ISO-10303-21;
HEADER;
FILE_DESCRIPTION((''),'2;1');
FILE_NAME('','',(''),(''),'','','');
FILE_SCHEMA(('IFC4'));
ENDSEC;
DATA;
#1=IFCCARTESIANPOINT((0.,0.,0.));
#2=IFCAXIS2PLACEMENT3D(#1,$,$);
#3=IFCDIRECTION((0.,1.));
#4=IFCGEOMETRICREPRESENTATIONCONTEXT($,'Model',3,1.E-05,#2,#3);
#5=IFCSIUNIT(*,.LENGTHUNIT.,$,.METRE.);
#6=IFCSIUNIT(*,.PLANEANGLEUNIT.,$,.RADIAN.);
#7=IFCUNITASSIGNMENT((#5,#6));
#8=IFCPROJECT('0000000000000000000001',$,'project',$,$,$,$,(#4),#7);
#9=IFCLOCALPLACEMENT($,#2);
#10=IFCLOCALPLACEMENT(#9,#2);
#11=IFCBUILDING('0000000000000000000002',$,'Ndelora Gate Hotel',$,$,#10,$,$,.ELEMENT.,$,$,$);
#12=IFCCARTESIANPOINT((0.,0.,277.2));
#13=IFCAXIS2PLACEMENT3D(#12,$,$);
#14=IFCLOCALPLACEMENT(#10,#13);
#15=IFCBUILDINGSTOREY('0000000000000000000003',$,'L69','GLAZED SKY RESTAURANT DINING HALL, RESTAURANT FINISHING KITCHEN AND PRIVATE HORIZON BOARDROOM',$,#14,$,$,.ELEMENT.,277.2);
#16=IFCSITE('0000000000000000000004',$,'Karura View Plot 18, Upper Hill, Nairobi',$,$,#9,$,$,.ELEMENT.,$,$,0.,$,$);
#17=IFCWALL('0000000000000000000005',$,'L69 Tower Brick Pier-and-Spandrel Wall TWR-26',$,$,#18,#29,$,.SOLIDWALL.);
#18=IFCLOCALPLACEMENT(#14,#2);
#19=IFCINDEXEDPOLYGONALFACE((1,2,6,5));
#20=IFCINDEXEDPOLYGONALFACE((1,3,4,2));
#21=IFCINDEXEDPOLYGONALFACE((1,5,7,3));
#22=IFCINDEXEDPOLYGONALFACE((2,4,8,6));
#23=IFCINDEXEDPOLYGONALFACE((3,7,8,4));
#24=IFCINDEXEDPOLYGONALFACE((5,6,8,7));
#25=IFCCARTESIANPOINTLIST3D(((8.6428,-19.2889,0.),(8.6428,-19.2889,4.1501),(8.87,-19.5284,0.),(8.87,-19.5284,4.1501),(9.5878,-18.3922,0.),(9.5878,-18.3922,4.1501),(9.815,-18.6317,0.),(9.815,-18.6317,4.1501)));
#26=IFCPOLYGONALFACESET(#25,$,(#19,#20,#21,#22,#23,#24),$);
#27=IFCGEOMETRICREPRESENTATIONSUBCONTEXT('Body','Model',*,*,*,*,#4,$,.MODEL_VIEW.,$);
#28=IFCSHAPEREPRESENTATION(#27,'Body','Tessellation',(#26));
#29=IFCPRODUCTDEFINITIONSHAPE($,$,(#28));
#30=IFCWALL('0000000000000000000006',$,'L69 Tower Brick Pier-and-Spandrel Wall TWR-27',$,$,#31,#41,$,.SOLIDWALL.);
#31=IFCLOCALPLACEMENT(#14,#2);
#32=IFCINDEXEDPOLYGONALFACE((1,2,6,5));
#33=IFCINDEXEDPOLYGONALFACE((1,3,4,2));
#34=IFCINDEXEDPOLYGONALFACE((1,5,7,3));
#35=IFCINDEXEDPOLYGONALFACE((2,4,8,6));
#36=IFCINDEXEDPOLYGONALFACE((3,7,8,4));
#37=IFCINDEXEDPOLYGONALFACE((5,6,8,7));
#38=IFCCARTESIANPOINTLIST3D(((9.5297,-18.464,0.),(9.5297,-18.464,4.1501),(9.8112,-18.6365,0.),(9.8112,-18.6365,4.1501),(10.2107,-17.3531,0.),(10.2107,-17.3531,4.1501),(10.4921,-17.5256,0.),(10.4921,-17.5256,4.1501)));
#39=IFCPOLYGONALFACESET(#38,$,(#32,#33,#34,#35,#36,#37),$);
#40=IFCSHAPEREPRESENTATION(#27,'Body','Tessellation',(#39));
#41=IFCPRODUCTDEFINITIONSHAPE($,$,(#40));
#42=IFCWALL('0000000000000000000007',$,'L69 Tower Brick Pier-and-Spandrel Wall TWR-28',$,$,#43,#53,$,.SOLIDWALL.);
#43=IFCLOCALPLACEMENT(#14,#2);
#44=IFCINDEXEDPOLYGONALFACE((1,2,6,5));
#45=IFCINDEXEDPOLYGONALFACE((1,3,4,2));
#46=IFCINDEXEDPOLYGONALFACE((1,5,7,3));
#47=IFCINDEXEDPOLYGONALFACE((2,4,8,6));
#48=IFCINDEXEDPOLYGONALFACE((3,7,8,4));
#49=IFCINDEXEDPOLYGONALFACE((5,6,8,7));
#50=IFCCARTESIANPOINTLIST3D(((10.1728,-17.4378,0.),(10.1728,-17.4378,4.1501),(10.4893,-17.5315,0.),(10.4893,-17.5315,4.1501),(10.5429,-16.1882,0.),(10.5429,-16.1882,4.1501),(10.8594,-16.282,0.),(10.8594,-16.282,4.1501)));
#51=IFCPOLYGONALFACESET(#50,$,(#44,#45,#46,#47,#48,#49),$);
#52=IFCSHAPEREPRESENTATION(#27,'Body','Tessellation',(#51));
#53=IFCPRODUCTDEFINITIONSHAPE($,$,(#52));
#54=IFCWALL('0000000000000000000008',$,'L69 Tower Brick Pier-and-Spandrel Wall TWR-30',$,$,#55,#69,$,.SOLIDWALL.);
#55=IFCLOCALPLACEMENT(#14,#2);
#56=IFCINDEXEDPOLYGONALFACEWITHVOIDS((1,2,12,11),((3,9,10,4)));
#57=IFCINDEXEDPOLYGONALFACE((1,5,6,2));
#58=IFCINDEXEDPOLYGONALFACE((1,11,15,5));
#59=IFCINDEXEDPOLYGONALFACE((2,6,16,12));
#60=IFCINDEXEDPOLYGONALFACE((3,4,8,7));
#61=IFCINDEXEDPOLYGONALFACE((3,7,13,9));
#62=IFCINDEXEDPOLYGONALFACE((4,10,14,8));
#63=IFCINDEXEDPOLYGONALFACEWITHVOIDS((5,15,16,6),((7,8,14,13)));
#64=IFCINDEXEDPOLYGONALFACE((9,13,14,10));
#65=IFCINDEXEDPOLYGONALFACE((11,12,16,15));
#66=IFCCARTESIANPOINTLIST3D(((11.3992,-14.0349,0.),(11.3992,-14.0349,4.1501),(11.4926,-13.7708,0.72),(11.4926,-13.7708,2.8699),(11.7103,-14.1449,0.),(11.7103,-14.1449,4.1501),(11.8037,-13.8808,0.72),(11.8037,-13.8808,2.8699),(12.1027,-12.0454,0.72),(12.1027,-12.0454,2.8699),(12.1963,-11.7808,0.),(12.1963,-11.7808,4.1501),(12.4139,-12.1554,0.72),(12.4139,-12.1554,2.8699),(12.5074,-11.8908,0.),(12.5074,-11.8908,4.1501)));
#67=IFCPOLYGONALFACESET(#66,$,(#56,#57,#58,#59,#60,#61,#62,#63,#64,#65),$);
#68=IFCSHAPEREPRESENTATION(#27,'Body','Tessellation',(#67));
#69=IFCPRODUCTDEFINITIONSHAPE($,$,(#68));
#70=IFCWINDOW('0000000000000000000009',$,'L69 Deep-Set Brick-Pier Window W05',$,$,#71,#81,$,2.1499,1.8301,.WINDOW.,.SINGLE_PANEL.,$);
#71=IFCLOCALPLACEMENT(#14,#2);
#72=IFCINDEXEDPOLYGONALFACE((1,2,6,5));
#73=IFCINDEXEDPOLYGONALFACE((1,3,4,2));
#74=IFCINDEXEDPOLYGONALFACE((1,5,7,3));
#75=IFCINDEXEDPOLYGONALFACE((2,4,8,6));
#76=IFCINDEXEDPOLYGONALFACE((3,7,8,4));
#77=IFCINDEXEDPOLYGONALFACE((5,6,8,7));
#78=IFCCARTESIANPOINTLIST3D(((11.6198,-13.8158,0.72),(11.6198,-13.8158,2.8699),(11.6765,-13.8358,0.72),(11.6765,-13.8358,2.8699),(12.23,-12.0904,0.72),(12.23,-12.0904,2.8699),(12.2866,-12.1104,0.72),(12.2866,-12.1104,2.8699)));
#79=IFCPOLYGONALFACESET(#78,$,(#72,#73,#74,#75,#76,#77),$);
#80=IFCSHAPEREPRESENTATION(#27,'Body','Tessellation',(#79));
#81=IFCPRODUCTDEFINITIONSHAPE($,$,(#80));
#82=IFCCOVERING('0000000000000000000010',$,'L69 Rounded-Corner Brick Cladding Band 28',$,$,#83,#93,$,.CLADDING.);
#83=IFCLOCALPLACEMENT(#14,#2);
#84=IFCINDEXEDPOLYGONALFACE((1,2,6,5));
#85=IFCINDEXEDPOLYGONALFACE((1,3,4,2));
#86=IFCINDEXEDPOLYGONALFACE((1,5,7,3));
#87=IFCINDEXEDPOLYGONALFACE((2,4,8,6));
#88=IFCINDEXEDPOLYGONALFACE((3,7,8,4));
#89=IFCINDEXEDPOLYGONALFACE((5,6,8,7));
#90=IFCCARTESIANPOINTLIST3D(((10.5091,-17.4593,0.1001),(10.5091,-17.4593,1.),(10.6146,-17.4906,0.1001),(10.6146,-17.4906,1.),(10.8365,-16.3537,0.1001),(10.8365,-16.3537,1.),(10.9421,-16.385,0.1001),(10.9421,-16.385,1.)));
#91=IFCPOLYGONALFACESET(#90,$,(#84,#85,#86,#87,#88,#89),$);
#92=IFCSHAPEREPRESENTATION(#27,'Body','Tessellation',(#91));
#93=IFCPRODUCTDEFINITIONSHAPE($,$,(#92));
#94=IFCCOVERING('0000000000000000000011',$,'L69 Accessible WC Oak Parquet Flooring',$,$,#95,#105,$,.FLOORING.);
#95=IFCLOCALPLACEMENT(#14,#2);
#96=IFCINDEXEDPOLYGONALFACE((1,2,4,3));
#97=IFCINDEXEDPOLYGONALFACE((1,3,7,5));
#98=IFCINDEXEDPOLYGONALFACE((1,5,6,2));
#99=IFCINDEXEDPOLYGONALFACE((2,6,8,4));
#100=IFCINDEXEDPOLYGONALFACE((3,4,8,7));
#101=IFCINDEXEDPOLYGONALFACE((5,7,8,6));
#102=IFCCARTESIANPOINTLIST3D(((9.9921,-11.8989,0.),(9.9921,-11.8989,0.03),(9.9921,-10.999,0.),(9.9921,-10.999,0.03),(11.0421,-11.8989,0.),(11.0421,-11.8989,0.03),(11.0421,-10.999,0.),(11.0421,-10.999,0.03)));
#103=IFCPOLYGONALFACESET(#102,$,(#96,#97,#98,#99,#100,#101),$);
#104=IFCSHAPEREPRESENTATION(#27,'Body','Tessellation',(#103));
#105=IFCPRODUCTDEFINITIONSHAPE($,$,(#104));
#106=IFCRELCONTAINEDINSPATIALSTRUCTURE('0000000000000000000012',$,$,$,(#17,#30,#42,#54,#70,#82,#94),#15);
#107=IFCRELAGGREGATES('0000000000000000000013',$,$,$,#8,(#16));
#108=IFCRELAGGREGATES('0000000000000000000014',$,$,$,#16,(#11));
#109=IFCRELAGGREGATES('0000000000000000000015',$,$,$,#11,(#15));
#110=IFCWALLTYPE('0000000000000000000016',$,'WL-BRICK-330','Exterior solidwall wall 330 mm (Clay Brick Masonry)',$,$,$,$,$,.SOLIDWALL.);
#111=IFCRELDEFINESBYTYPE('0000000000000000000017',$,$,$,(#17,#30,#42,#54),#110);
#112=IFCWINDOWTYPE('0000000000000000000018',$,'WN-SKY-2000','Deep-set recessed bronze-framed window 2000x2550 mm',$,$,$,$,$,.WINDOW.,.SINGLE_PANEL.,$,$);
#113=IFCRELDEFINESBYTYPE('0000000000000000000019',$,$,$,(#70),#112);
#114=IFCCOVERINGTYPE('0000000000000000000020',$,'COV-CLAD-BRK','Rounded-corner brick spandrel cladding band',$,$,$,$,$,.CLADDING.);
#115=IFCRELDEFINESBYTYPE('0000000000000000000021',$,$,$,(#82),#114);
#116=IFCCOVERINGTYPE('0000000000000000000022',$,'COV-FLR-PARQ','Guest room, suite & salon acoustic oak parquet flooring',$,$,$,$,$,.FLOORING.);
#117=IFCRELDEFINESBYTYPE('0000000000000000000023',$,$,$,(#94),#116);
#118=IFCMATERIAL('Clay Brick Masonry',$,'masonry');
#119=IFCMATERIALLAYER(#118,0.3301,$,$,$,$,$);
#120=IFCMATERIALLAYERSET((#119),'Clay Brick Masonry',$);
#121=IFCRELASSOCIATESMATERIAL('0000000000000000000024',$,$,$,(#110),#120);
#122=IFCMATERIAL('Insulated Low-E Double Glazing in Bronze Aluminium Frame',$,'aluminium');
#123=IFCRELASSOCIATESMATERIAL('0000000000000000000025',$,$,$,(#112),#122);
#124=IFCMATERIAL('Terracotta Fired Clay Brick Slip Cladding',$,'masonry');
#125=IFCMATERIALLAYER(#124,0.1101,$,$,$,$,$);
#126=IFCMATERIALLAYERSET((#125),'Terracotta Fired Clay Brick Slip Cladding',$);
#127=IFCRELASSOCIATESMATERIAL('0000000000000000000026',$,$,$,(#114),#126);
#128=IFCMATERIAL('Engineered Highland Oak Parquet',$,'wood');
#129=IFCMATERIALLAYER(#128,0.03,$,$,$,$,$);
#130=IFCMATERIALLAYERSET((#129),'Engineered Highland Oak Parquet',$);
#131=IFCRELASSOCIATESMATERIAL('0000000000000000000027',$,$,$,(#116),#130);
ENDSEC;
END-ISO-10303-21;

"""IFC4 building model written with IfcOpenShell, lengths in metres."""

from ifc_helpers import new_model, si_unit, direction, frame, frame_2d, origin, origin_2d, place, context, subcontext, project, spatial, rectangle, extrude, material, layer, layer_set, type_object, element, fill, save


model = new_model("IFC4")

# Units and contexts
model_context = context("Model", 3, precision=1e-05, world=origin(), true_north=direction((0.0, 1.0)))
body_context = subcontext(model_context, "Body", "Model", "MODEL_VIEW")
ifc_project = project(units=[si_unit("LENGTHUNIT", "METRE"), si_unit("PLANEANGLEUNIT", "RADIAN")], contexts=[model_context])

# Site, building, storey
site_placement = place(None, origin())
site = spatial("IfcSite", under=ifc_project, at=site_placement, Name="Karura View Plot 18, Upper Hill, Nairobi", CompositionType="ELEMENT", RefElevation=0.0)
building_placement = place(site_placement, origin())
building = spatial("IfcBuilding", under=site, at=building_placement, Name="Ndelora Gate Hotel", CompositionType="ELEMENT")
storey_placement = place(building_placement, frame((0.0, 0.0, 277.2)))
storey = spatial("IfcBuildingStorey", under=building, at=storey_placement, Name="L69", Description="GLAZED SKY RESTAURANT DINING HALL, RESTAURANT FINISHING KITCHEN AND PRIVATE HORIZON BOARDROOM", CompositionType="ELEMENT", Elevation=277.2)

# Walls
ifc_material_1 = material(Name="Clay Brick Masonry", Category="masonry")
ifc_layer_1 = layer(ifc_material_1, 0.3301)
ifc_layer_set_1 = layer_set([ifc_layer_1], Name="Clay Brick Masonry")
wall_type = type_object("IfcWallType", Name="WL-BRICK-330", Description="Exterior solidwall wall 330 mm (Clay Brick Masonry)", PredefinedType="SOLIDWALL", material=ifc_layer_set_1)
wall_1_placement = place(storey_placement, frame((9.7014, -18.512, 0.0), z_axis=(0.0, 0.0, 1.0), x_axis=(-0.725416, -0.688311, 0.0)))
element("IfcWall", 1, at=wall_1_placement, inside=storey, type_object=wall_type, Name="L69 Tower Brick Pier-and-Spandrel Wall TWR-26", PredefinedType="SOLIDWALL", context=body_context, shape_type="SweptSolid", body=[
    extrude(rectangle(XDim=1.3027, YDim=0.3301, at=frame_2d((0.6514, 0.0))), origin(), (0.0, 0.0, 1.0), 4.1501),
])
wall_2_placement = place(storey_placement, frame((10.3513, -17.4395, 0.0), z_axis=(0.0, 0.0, 1.0), x_axis=(-0.522602, -0.852577, 0.0)))
element("IfcWall", 2, at=wall_2_placement, inside=storey, type_object=wall_type, Name="L69 Tower Brick Pier-and-Spandrel Wall TWR-27", PredefinedType="SOLIDWALL", context=body_context, shape_type="SweptSolid", body=[
    extrude(rectangle(XDim=1.303, YDim=0.3301, at=frame_2d((0.6514, 0.0))), origin(), (0.0, 0.0, 1.0), 4.1501),
])
wall_3_placement = place(storey_placement, frame((10.7012, -16.2351, 0.0), z_axis=(0.0, 0.0, 1.0), x_axis=(-0.284012, -0.958821, 0.0)))
element("IfcWall", 3, at=wall_3_placement, inside=storey, type_object=wall_type, Name="L69 Tower Brick Pier-and-Spandrel Wall TWR-28", PredefinedType="SOLIDWALL", context=body_context, shape_type="SweptSolid", body=[
    extrude(rectangle(XDim=1.3032, YDim=0.3301, at=frame_2d((0.6516, 0.0))), origin(), (0.0, 0.0, 1.0), 4.1501),
])

# Wall, opening, window
wall_4_placement = place(storey_placement, frame((12.3518, -11.8359, 0.0), z_axis=(0.0, 0.0, 1.0), x_axis=(-0.333392, -0.942788, 0.0)))
wall_4 = element("IfcWall", 4, at=wall_4_placement, inside=storey, type_object=wall_type, Name="L69 Tower Brick Pier-and-Spandrel Wall TWR-30", PredefinedType="SOLIDWALL", context=body_context, shape_type="SweptSolid", body=[
    extrude(rectangle(XDim=2.3909, YDim=0.3301, at=frame_2d((1.1953, 0.0))), origin(), (0.0, 0.0, 1.0), 4.1501),
])
opening_placement = place(wall_4_placement, frame((0.2805, 0.0, 0.72)))
opening = element("IfcOpeningElement", 5, at=opening_placement, cuts=wall_4, PredefinedType="OPENING", context=body_context, shape_type="SweptSolid", body=[
    extrude(rectangle(XDim=1.8301, YDim=2.1499, at=frame_2d((0.915, 1.075))), frame((0.0, 0.175, 0.0), z_axis=(0.0, -1.0, 0.0), x_axis=(1.0, 0.0, 0.0)), (0.0, 0.0, 1.0), 0.3501),
])
ifc_material_2 = material(Name="Insulated Low-E Double Glazing in Bronze Aluminium Frame", Category="aluminium")
window_type = type_object("IfcWindowType", Name="WN-SKY-2000", Description="Deep-set recessed bronze-framed window 2000x2550 mm", PartitioningType="SINGLE_PANEL", PredefinedType="WINDOW", material=ifc_material_2)
window_placement = place(opening_placement, origin())
window = element("IfcWindow", 6, at=window_placement, inside=storey, type_object=window_type, Name="L69 Deep-Set Brick-Pier Window W05", OverallHeight=2.1499, OverallWidth=1.8301, PartitioningType="SINGLE_PANEL", PredefinedType="WINDOW", context=body_context, shape_type="SweptSolid", body=[
    extrude(rectangle(XDim=1.8301, YDim=2.1499, at=frame_2d((0.915, 1.075))), frame((0.0, 0.03, 0.0), z_axis=(0.0, -1.0, 0.0), x_axis=(1.0, 0.0, 0.0)), (0.0, 0.0, 1.0), 0.0601),
])
fill(opening, window)

# Coverings
ifc_material_3 = material(Name="Terracotta Fired Clay Brick Slip Cladding", Category="masonry")
ifc_layer_2 = layer(ifc_material_3, 0.1101)
ifc_layer_set_2 = layer_set([ifc_layer_2], Name="Terracotta Fired Clay Brick Slip Cladding")
covering_type_1 = type_object("IfcCoveringType", Name="COV-CLAD-BRK", Description="Rounded-corner brick spandrel cladding band", PredefinedType="CLADDING", material=ifc_layer_set_2)
covering_1_placement = place(storey_placement, frame((10.7256, -16.9221, 0.1001), z_axis=(0.0, 0.0, 1.0), x_axis=(0.284015, 0.95882, 0.0)))
element("IfcCovering", 7, at=covering_1_placement, inside=storey, type_object=covering_type_1, Name="L69 Rounded-Corner Brick Cladding Band 28", PredefinedType="CLADDING", context=body_context, shape_type="SweptSolid", body=[
    extrude(rectangle(XDim=1.1531, YDim=0.1101, at=origin_2d()), origin(), (0.0, 0.0, 1.0), 0.8999),
])
ifc_material_4 = material(Name="Engineered Highland Oak Parquet", Category="wood")
ifc_layer_3 = layer(ifc_material_4, 0.03)
ifc_layer_set_3 = layer_set([ifc_layer_3], Name="Engineered Highland Oak Parquet")
covering_type_2 = type_object("IfcCoveringType", Name="COV-FLR-PARQ", Description="Guest room, suite & salon acoustic oak parquet flooring", PredefinedType="FLOORING", material=ifc_layer_set_3)
covering_2_placement = place(storey_placement, frame((10.5171, -11.449, 0.0), z_axis=(0.0, 0.0, 1.0), x_axis=(1.0, 0.0, 0.0)))
element("IfcCovering", 8, at=covering_2_placement, inside=storey, type_object=covering_type_2, Name="L69 Accessible WC Oak Parquet Flooring", PredefinedType="FLOORING", context=body_context, shape_type="SweptSolid", body=[
    extrude(rectangle(XDim=1.05, YDim=0.8999, at=origin_2d()), origin(), (0.0, 0.0, 1.0), 0.03),
])

save(model, "model.ifc")
